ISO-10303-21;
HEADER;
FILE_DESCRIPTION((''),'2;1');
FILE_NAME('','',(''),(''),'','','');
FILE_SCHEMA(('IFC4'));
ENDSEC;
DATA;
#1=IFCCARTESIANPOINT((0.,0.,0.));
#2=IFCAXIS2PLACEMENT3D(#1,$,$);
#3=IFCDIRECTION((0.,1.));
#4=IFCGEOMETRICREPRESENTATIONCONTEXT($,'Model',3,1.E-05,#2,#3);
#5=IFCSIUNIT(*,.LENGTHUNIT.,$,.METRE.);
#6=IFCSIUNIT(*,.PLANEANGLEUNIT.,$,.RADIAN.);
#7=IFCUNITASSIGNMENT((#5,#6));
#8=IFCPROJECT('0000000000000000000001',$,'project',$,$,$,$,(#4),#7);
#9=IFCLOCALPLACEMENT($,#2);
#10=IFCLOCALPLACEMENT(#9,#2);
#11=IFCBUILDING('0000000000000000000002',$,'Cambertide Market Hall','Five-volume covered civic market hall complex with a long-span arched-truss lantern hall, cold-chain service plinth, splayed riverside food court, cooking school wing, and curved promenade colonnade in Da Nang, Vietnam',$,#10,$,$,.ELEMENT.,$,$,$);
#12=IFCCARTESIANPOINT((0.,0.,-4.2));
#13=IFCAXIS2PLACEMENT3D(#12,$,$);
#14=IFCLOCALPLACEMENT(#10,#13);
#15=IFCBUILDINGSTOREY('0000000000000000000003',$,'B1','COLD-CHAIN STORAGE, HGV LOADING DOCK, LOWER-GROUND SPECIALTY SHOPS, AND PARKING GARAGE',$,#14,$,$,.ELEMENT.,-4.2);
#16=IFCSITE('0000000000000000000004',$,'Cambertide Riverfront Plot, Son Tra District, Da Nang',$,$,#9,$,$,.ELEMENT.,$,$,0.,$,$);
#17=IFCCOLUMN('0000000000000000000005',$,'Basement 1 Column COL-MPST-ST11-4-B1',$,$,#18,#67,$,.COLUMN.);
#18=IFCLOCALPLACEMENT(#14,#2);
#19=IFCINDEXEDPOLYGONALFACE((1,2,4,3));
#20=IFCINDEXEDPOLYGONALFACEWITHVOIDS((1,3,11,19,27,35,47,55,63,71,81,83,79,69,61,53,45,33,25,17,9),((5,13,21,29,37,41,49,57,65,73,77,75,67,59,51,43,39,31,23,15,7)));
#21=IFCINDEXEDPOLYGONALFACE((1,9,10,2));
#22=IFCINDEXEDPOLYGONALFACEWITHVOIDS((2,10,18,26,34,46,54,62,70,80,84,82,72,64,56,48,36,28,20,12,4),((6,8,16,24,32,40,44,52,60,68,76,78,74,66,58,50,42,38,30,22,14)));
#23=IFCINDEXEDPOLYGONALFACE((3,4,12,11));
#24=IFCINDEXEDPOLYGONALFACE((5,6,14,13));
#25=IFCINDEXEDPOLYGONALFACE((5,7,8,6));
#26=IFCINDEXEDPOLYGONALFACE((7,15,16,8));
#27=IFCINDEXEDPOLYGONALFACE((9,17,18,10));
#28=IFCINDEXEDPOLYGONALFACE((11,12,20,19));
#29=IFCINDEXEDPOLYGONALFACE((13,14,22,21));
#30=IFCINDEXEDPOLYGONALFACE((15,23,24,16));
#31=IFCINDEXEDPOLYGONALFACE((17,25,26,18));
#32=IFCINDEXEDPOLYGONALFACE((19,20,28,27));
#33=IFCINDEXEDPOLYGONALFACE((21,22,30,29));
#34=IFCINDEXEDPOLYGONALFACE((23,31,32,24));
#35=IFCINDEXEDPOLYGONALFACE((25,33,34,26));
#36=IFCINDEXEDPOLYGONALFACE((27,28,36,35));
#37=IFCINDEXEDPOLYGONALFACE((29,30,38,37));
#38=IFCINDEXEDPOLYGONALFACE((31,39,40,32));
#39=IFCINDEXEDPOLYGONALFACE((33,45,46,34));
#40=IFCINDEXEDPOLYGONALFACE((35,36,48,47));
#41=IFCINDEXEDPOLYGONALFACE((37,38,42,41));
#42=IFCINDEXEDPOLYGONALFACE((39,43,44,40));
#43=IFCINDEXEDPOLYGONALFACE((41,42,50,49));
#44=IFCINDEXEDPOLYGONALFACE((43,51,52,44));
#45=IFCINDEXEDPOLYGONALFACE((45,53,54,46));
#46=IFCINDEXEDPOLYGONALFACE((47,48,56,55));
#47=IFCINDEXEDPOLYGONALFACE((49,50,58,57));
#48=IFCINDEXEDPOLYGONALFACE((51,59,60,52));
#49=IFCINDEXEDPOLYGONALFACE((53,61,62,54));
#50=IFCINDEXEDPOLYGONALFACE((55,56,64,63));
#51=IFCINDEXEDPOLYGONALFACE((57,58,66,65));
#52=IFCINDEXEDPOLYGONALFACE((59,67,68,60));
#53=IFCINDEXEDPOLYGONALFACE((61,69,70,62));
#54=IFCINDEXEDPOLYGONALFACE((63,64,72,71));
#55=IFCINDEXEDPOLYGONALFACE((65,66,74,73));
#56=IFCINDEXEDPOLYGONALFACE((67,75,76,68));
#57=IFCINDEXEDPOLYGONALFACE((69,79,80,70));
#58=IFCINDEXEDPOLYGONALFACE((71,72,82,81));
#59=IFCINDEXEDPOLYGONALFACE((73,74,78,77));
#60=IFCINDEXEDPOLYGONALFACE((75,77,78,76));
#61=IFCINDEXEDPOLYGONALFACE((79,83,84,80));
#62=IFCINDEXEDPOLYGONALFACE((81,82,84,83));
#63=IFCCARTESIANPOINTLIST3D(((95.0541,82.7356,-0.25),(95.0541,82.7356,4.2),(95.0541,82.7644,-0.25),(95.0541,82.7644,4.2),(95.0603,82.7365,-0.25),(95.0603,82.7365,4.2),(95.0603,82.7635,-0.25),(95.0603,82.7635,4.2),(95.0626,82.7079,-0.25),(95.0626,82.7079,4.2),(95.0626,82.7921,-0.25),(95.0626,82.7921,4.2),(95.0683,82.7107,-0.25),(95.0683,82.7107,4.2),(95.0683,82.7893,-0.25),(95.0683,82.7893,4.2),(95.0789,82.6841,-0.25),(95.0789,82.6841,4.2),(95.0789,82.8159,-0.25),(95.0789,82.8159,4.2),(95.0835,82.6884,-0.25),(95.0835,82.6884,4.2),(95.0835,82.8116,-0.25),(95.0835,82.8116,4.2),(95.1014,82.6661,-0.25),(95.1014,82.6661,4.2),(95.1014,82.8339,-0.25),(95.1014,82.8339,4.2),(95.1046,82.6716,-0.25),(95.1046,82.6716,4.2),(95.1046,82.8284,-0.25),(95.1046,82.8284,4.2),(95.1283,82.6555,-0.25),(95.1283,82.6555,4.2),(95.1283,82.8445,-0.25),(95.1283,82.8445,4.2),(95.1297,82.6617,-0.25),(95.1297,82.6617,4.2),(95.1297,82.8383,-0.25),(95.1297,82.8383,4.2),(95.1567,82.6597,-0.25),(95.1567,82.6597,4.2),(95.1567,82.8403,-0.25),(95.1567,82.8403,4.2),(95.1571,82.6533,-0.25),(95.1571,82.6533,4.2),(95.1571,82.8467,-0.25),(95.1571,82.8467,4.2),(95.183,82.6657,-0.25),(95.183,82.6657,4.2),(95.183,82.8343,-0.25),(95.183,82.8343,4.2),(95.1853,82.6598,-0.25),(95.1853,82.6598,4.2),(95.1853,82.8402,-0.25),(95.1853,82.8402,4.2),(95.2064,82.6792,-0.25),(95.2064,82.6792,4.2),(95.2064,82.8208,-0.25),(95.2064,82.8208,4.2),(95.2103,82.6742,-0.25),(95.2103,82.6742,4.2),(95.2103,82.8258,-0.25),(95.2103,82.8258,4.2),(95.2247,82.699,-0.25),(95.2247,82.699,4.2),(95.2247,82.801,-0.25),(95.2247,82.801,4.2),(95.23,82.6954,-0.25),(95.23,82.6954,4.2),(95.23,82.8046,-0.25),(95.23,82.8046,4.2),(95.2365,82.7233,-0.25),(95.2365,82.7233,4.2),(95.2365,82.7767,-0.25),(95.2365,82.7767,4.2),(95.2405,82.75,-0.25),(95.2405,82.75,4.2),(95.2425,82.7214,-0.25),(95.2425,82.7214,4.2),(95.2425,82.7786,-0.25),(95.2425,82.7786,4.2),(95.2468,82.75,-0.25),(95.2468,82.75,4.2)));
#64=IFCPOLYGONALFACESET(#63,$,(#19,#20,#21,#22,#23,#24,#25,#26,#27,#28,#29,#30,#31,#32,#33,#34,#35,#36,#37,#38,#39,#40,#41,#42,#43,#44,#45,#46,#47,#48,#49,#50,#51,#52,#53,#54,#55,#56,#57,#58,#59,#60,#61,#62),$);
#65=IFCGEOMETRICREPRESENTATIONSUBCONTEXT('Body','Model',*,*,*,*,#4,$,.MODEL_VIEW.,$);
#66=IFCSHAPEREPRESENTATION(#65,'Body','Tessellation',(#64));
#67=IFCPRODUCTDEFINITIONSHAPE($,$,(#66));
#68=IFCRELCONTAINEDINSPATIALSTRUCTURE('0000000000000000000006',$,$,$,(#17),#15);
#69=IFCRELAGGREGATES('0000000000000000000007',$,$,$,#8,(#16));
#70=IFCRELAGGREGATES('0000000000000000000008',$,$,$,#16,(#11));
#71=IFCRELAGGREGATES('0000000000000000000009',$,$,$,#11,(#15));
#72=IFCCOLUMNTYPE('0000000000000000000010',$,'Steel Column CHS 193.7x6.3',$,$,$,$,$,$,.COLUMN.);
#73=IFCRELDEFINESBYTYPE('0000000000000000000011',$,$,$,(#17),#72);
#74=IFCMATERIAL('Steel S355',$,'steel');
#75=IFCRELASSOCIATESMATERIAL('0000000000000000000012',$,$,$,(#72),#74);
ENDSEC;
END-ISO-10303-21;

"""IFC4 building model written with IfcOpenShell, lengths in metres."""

from ifc_helpers import new_model, si_unit, direction, frame, origin, origin_2d, place, context, subcontext, project, spatial, hollow_circle, extrude, material, material_profile, profile_set, type_object, element, save


model = new_model("IFC4")

# Units and contexts
model_context = context("Model", 3, precision=1e-05, world=origin(), true_north=direction((0.0, 1.0)))
body_context = subcontext(model_context, "Body", "Model", "MODEL_VIEW")
ifc_project = project(units=[si_unit("LENGTHUNIT", "METRE"), si_unit("PLANEANGLEUNIT", "RADIAN")], contexts=[model_context])

# Site, building, storey
site_placement = place(None, origin())
site = spatial("IfcSite", under=ifc_project, at=site_placement, Name="Cambertide Riverfront Plot, Son Tra District, Da Nang", CompositionType="ELEMENT", RefElevation=0.0)
building_placement = place(site_placement, origin())
building = spatial("IfcBuilding", under=site, at=building_placement, Name="Cambertide Market Hall", Description="Five-volume covered civic market hall complex with a long-span arched-truss lantern hall, cold-chain service plinth, splayed riverside food court, cooking school wing, and curved promenade colonnade in Da Nang, Vietnam", CompositionType="ELEMENT")
storey_placement = place(building_placement, frame((0.0, 0.0, -4.2)))
storey = spatial("IfcBuildingStorey", under=building, at=storey_placement, Name="B1", Description="COLD-CHAIN STORAGE, HGV LOADING DOCK, LOWER-GROUND SPECIALTY SHOPS, AND PARKING GARAGE", CompositionType="ELEMENT", Elevation=-4.2)

# Column
ifc_material_1 = material(Name="Steel S355", Category="steel")
ifc_material_profile_1 = material_profile(ifc_material_1, hollow_circle(Radius=0.0969, WallThickness=0.0063, at=origin_2d()), Name="CHS 193.7x6.3")
ifc_profile_set_1 = profile_set([ifc_material_profile_1], Name="Steel S355")
column_type_1 = type_object("IfcColumnType", Name="Steel Column CHS 193.7x6.3", PredefinedType="COLUMN", material=ifc_profile_set_1)
for number, where, z_axis, x_axis, name in (
    (1, (95.1499, 82.75, -0.25), (0.0, 0.0, 1.0), (1.0, 0.0, 0.0), "Basement 1 Column COL-MPST-ST11-4-B1"),
):
    element("IfcColumn", number, at=place(storey_placement, frame(where, z_axis=z_axis, x_axis=x_axis)), inside=storey, type_object=column_type_1, Name=name, PredefinedType="COLUMN", context=body_context, shape_type="SweptSolid", body=[
        extrude(hollow_circle(Radius=0.0969, WallThickness=0.0063, at=origin_2d()), origin(), (0.0, 0.0, 1.0), 4.45),
    ])

save(model, "model.ifc")
